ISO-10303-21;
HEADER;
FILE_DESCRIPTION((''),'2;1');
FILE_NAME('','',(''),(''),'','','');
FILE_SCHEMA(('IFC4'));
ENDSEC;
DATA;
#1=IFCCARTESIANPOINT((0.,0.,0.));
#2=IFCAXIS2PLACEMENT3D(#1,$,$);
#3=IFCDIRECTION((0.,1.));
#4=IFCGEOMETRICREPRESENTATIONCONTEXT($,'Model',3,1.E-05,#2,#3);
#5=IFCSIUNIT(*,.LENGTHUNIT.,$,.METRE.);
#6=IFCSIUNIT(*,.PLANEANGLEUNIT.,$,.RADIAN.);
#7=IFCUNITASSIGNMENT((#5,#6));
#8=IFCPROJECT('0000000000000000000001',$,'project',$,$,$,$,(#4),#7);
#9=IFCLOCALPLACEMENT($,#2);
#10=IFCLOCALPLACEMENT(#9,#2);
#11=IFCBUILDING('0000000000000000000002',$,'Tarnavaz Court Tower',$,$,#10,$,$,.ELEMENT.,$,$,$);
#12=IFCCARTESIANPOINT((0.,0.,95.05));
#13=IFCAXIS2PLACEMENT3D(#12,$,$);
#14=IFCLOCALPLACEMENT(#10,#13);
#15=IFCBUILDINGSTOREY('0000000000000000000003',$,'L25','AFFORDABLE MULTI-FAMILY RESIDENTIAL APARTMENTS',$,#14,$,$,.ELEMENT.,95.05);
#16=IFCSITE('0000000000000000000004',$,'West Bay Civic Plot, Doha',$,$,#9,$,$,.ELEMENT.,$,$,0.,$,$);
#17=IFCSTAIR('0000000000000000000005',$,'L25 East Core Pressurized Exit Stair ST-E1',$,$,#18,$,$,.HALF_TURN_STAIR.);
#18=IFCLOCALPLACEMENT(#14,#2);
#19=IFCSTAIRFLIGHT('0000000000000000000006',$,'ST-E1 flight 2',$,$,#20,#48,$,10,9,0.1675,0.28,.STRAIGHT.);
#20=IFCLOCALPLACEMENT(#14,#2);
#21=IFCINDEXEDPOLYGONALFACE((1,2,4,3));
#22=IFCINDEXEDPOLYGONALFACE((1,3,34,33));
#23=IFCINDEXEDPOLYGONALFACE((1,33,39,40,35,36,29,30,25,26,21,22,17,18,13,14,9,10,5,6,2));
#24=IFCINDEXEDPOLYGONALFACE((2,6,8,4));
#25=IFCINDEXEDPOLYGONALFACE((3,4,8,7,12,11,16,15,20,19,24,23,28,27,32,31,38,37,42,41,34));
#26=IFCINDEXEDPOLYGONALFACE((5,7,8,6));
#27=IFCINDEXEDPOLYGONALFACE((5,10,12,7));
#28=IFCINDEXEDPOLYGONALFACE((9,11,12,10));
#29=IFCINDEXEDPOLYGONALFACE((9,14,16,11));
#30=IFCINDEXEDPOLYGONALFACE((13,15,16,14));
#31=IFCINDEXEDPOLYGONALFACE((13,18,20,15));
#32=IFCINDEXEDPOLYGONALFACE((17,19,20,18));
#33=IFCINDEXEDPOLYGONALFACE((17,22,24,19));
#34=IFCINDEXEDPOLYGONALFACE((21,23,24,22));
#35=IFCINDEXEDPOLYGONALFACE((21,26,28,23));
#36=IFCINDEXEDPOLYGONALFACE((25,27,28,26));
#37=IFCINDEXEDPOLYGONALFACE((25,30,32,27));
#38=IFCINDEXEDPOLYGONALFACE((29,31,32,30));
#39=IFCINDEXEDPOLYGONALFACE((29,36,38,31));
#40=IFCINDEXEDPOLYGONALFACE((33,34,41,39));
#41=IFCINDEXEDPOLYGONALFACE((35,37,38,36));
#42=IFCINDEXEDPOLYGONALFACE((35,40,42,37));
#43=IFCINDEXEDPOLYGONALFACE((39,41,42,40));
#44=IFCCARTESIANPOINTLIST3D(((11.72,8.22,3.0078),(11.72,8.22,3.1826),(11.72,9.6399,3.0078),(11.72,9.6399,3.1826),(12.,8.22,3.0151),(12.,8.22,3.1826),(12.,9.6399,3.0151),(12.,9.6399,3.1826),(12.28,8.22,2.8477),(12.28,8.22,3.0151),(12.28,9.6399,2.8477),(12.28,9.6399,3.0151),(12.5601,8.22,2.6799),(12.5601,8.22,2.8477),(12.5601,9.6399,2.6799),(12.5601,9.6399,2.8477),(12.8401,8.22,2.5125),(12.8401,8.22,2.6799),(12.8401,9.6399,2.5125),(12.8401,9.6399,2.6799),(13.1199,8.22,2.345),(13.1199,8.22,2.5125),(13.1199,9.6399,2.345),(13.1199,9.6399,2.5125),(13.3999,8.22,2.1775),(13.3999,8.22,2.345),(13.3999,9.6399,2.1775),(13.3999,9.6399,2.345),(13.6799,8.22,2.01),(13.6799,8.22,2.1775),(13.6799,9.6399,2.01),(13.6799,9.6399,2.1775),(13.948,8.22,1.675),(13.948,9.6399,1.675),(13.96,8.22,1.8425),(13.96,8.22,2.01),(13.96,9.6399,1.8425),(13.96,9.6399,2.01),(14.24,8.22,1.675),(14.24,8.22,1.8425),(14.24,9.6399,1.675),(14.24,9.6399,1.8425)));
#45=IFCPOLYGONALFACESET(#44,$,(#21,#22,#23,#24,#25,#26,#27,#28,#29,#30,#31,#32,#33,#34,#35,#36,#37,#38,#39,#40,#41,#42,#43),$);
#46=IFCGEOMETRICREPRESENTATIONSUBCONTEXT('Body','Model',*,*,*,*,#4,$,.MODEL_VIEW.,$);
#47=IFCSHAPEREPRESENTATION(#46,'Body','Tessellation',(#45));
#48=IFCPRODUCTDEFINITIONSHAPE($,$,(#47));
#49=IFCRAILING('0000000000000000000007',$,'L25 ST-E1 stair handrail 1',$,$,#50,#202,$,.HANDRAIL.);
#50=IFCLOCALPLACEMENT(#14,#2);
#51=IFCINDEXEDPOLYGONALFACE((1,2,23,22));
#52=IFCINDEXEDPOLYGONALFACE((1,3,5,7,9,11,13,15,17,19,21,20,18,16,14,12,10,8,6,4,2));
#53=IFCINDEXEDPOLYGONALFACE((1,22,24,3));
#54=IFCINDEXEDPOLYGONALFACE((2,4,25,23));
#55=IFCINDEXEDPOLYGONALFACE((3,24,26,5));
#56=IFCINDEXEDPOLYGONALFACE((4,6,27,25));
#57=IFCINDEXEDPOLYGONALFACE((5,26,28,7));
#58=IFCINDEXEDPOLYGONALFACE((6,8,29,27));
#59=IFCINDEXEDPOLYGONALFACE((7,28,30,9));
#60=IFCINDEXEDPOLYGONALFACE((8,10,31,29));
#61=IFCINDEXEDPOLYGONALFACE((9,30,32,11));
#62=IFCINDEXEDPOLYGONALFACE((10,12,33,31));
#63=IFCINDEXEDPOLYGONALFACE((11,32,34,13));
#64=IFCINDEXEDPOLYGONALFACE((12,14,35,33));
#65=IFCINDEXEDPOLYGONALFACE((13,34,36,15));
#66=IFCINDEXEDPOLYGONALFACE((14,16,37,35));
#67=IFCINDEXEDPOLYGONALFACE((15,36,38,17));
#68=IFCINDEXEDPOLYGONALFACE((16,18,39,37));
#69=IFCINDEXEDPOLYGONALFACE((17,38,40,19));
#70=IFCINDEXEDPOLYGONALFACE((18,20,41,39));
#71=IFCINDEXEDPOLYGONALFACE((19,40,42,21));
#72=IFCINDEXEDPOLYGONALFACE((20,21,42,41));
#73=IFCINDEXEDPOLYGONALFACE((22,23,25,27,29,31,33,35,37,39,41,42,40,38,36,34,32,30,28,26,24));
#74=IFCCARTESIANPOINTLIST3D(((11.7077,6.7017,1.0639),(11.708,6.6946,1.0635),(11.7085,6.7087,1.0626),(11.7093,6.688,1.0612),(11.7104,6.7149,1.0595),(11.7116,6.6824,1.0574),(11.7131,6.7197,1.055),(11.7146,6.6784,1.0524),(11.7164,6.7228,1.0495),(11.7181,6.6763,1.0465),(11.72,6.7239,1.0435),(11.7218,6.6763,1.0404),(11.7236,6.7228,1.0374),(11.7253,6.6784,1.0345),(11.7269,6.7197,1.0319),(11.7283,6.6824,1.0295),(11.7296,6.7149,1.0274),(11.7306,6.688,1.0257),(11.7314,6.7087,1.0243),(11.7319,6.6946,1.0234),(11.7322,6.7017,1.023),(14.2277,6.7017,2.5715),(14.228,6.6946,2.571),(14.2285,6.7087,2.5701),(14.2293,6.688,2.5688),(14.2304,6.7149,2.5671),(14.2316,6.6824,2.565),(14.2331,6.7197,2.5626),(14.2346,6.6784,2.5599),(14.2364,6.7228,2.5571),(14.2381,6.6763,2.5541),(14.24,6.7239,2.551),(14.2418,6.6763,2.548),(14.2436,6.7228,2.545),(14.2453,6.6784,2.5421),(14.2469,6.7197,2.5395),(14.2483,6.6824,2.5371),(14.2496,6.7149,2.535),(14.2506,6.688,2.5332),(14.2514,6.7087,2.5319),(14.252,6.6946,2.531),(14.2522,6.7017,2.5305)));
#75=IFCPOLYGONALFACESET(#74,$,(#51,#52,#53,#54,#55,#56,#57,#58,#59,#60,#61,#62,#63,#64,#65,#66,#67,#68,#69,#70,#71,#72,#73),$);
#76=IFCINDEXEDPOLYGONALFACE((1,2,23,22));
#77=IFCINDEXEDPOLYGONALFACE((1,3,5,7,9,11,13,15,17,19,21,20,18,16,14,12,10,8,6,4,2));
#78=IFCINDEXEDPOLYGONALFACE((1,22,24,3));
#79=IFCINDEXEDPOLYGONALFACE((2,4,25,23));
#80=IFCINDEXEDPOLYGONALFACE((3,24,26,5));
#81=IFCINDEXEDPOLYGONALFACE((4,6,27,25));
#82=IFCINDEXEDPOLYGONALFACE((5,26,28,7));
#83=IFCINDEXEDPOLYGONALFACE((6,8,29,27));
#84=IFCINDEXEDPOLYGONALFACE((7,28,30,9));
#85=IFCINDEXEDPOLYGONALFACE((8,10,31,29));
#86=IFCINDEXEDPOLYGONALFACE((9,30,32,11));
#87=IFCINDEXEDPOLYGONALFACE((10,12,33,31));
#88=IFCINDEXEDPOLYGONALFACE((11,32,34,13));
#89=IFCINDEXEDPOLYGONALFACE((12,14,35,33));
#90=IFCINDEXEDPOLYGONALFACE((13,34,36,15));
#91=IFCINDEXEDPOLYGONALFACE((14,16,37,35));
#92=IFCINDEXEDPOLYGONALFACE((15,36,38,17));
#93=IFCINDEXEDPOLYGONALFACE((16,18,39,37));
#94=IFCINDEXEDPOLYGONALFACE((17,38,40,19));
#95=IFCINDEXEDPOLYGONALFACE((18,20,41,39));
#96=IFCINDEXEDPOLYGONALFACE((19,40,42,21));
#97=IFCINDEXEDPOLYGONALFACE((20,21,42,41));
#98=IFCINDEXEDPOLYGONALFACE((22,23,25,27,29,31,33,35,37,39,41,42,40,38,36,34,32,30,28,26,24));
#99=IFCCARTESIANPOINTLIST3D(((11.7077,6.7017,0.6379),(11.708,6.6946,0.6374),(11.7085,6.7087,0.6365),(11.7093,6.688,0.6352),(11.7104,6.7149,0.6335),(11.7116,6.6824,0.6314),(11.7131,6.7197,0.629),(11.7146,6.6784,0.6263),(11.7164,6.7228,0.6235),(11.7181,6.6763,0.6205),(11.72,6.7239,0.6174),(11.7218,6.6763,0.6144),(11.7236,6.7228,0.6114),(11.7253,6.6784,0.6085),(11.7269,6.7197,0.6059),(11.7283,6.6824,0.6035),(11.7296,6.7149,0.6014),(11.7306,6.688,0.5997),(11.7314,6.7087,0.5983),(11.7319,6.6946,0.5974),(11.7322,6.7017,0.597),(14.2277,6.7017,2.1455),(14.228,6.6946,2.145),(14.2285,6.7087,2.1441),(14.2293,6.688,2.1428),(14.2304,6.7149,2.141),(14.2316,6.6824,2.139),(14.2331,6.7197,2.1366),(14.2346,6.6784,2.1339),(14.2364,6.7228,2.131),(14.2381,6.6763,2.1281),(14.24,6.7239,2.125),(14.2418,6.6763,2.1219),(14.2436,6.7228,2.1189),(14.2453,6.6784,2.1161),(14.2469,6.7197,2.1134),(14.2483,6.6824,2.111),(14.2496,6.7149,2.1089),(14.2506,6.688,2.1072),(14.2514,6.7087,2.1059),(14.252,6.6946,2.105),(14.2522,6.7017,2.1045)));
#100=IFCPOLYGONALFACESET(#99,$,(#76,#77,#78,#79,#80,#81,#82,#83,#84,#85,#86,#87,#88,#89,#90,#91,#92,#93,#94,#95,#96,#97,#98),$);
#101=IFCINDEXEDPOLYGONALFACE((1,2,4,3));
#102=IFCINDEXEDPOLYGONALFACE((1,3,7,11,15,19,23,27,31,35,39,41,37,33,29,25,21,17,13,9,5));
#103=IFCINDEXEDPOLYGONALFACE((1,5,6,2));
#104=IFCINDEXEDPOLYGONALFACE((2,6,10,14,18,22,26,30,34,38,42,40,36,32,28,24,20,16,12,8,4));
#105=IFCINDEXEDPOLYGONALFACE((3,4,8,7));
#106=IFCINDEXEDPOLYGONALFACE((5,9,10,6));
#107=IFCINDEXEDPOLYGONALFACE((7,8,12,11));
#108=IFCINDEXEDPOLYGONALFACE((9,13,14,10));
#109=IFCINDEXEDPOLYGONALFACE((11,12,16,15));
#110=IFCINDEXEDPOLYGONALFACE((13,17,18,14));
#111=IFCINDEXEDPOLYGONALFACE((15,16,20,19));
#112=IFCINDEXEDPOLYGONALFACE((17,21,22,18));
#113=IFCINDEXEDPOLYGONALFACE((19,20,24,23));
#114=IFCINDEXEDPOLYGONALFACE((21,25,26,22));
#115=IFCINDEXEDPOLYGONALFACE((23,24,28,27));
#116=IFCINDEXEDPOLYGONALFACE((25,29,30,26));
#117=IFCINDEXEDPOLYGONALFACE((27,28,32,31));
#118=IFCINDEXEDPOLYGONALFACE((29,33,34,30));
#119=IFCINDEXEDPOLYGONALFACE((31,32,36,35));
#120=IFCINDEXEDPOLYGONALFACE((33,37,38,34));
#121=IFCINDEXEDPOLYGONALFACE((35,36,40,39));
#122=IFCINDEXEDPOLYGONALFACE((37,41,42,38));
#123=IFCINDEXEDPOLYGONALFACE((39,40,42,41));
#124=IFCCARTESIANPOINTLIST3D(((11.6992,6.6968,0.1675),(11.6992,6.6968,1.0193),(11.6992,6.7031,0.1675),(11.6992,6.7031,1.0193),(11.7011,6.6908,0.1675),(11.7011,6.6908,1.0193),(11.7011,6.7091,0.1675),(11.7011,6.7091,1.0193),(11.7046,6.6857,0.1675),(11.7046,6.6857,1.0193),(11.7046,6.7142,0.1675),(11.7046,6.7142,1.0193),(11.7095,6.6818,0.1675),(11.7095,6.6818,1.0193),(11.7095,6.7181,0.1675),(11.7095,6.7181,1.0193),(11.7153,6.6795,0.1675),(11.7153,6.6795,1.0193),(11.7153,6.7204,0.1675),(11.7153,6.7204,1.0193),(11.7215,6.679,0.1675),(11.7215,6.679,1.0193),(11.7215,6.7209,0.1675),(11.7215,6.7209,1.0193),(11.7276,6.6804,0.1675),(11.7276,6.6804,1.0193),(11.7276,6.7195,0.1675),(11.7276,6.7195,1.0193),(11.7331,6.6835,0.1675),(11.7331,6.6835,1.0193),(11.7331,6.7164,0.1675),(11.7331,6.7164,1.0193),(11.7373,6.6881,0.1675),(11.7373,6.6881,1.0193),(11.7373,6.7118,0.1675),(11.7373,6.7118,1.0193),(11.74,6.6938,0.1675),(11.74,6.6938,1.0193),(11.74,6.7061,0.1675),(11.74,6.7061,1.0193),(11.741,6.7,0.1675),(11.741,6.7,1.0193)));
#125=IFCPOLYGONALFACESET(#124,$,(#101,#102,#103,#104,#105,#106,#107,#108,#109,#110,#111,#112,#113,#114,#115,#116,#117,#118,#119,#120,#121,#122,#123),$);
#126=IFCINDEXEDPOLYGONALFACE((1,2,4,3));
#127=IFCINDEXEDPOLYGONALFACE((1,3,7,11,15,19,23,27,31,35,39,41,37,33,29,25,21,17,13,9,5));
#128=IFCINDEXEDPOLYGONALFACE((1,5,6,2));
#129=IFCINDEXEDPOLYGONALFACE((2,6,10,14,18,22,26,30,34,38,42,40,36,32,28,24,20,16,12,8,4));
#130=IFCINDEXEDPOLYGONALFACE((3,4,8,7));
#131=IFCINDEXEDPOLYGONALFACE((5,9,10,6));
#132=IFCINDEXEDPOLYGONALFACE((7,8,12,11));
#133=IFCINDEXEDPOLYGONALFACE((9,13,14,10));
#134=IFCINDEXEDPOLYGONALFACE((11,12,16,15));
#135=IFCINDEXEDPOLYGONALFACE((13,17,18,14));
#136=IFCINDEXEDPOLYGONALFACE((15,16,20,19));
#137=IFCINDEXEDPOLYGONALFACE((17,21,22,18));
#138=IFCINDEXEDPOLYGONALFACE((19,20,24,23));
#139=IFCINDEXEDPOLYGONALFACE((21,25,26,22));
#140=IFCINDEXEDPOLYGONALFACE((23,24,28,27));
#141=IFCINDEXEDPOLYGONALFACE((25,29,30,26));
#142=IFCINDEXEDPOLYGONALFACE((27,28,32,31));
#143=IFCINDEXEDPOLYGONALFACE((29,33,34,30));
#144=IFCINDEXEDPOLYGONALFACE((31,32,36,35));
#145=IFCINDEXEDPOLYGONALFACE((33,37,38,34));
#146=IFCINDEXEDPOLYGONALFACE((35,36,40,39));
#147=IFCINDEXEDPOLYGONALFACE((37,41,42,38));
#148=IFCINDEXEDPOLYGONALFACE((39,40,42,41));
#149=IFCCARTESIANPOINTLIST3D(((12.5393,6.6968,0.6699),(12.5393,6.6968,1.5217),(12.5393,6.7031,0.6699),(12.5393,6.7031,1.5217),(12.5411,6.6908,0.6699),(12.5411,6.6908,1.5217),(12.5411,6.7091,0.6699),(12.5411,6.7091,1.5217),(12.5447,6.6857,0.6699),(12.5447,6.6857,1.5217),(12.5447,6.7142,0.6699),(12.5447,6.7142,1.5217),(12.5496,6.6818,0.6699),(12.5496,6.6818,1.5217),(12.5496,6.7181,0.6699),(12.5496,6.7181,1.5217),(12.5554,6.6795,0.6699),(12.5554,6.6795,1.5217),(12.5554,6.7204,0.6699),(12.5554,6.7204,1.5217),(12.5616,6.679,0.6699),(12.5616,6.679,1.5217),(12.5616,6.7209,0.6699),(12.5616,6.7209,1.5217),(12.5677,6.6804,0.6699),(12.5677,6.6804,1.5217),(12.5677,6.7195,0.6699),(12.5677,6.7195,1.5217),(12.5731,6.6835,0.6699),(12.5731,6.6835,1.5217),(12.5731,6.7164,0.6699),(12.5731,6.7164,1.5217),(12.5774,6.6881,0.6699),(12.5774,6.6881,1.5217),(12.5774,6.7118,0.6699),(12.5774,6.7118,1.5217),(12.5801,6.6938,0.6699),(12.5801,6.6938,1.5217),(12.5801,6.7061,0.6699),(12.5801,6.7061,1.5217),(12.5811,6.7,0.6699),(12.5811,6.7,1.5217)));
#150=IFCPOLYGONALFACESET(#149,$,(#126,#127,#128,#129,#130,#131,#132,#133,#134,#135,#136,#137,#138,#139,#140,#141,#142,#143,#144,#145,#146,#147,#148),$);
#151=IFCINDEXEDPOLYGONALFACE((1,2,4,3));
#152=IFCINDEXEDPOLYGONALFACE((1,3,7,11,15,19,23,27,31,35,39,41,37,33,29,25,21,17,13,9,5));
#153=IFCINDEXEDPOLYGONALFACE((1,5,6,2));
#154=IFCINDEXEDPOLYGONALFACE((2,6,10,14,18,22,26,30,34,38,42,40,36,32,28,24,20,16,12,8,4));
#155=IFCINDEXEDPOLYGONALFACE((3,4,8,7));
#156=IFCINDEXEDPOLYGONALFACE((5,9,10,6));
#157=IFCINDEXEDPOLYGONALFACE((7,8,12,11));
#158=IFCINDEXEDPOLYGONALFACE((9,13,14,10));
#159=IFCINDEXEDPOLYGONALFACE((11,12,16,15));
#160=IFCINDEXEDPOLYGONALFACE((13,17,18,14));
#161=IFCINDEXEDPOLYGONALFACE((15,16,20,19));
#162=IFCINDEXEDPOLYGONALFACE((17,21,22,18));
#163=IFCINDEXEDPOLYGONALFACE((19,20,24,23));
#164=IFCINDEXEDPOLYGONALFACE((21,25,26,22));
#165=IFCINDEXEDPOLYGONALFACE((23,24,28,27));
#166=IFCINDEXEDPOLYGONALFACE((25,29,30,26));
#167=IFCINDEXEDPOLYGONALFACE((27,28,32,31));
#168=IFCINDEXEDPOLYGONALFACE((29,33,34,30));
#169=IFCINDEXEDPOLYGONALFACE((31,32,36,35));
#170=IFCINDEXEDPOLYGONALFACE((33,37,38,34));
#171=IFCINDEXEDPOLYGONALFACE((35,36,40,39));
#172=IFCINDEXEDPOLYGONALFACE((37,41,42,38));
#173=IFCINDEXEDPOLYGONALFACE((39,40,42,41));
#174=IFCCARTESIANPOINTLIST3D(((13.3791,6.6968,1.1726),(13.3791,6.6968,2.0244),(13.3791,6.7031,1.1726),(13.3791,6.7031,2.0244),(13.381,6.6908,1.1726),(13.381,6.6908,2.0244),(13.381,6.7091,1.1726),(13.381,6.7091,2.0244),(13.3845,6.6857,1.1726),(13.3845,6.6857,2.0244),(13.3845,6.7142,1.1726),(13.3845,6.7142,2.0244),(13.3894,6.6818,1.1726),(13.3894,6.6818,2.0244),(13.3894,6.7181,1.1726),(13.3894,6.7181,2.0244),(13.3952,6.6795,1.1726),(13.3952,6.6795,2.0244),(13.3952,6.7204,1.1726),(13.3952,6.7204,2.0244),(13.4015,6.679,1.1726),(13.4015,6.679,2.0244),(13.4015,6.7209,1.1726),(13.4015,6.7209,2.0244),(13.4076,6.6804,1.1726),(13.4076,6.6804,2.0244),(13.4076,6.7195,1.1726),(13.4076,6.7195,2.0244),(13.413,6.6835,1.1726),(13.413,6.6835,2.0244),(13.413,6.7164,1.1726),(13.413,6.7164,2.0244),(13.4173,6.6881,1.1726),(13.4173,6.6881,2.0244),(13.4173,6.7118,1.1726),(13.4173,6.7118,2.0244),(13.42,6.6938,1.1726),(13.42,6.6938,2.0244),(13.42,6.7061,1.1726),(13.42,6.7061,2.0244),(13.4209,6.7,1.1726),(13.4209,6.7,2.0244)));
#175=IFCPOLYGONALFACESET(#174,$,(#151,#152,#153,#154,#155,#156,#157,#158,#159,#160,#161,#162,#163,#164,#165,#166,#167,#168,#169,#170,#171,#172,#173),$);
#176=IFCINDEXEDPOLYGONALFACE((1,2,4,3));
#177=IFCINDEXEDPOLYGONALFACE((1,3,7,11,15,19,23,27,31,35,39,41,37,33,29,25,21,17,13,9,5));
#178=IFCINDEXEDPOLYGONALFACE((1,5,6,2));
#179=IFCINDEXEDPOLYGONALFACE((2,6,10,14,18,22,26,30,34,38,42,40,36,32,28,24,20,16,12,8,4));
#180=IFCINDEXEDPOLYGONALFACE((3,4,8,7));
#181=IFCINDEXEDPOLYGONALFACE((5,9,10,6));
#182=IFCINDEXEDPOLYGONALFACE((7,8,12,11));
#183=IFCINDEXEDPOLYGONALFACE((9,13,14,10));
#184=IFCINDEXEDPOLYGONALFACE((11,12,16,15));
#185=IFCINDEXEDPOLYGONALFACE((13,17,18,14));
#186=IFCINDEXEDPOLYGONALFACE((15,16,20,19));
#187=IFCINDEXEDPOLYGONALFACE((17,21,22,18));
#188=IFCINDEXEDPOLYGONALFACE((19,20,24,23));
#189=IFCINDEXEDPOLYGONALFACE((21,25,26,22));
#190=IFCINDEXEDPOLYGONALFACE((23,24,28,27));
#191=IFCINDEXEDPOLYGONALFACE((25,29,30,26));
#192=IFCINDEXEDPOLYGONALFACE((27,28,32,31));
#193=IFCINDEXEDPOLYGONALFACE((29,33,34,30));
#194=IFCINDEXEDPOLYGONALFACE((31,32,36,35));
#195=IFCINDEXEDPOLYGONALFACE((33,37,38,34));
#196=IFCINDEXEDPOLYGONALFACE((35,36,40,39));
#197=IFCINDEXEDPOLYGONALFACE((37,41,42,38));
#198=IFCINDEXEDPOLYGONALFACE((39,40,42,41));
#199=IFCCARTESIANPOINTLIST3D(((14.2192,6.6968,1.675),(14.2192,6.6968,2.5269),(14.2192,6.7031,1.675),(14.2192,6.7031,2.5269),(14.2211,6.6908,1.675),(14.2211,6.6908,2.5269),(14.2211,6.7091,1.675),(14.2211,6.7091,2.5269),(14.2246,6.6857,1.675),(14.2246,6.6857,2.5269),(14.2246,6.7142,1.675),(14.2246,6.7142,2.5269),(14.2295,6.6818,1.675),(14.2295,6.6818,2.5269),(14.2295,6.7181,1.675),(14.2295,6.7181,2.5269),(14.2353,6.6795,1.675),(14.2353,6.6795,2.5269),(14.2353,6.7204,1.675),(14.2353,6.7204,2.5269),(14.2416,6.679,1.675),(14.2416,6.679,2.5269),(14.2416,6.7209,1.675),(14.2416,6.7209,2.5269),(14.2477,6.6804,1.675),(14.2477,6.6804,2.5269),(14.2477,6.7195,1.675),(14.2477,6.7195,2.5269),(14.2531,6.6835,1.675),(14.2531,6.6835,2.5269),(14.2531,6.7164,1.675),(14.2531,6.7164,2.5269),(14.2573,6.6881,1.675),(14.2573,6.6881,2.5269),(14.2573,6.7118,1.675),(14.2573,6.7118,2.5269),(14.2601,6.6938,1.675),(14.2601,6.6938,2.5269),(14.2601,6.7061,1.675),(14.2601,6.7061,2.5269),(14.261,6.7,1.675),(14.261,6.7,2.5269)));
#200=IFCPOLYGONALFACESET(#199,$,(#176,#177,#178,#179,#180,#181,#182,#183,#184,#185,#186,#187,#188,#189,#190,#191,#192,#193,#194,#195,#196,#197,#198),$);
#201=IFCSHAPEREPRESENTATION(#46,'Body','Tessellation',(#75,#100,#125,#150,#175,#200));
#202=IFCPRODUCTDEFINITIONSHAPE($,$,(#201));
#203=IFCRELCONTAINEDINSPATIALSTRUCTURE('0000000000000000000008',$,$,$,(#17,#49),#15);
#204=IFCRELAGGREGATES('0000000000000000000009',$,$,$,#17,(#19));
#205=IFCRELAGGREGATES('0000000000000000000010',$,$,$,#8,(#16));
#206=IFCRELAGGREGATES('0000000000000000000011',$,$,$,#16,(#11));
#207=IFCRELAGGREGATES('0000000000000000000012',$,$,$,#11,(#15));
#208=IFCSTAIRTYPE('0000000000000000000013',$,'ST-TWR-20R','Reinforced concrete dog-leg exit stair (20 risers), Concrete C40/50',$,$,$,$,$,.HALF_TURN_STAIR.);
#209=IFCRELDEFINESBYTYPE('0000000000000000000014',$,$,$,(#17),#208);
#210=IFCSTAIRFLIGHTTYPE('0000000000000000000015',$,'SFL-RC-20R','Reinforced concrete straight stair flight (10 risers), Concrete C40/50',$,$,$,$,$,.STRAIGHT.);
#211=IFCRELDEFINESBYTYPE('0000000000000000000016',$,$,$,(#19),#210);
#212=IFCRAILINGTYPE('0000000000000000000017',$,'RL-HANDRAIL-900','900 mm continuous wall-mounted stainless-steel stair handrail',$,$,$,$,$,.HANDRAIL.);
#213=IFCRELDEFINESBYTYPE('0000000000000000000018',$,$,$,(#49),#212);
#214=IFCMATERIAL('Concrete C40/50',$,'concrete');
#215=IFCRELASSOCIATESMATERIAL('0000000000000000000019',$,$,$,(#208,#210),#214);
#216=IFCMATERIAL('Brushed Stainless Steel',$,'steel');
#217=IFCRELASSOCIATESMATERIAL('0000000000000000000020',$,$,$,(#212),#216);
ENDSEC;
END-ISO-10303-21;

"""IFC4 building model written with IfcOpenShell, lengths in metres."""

from ifc_helpers import new_model, si_unit, direction, frame, origin, origin_2d, place, context, subcontext, project, spatial, polyline, circle, outline, extrude, material, type_object, element, aggregate, save


model = new_model("IFC4")

# Units and contexts
model_context = context("Model", 3, precision=1e-05, world=origin(), true_north=direction((0.0, 1.0)))
body_context = subcontext(model_context, "Body", "Model", "MODEL_VIEW")
ifc_project = project(units=[si_unit("LENGTHUNIT", "METRE"), si_unit("PLANEANGLEUNIT", "RADIAN")], contexts=[model_context])

# Site, building, storey
site_placement = place(None, origin())
site = spatial("IfcSite", under=ifc_project, at=site_placement, Name="West Bay Civic Plot, Doha", CompositionType="ELEMENT", RefElevation=0.0)
building_placement = place(site_placement, origin())
building = spatial("IfcBuilding", under=site, at=building_placement, Name="Tarnavaz Court Tower", CompositionType="ELEMENT")
storey_placement = place(building_placement, frame((0.0, 0.0, 95.05)))
storey = spatial("IfcBuildingStorey", under=building, at=storey_placement, Name="L25", Description="AFFORDABLE MULTI-FAMILY RESIDENTIAL APARTMENTS", CompositionType="ELEMENT", Elevation=95.05)

# Stair, stair flight
ifc_material_1 = material(Name="Concrete C40/50", Category="concrete")
stair_type = type_object("IfcStairType", Name="ST-TWR-20R", Description="Reinforced concrete dog-leg exit stair (20 risers), Concrete C40/50", PredefinedType="HALF_TURN_STAIR", material=ifc_material_1)
stair_placement = place(storey_placement, origin())
stair = element("IfcStair", 1, at=stair_placement, inside=storey, type_object=stair_type, Name="L25 East Core Pressurized Exit Stair ST-E1", PredefinedType="HALF_TURN_STAIR")
stair_flight_type = type_object("IfcStairFlightType", Name="SFL-RC-20R", Description="Reinforced concrete straight stair flight (10 risers), Concrete C40/50", PredefinedType="STRAIGHT", material=ifc_material_1)
stair_flight_1_placement = place(storey_placement, frame((14.24, 8.9299, 1.675), z_axis=(0.0, 0.0, 1.0), x_axis=(-1.0, 0.0, 0.0)))
stair_flight_1 = element("IfcStairFlight", 2, at=stair_flight_1_placement, type_object=stair_flight_type, Name="ST-E1 flight 2", NumberOfRisers=10, NumberOfTreads=9, PredefinedType="STRAIGHT", RiserHeight=0.1675, TreadLength=0.28, context=body_context, shape_type="SweptSolid", body=[
    extrude(outline(polyline([(0.0, 0.0), (0.0, 0.1675), (0.28, 0.1675), (0.28, 0.335), (0.5601, 0.335), (0.5601, 0.5024), (0.8401, 0.5024), (0.8401, 0.6699), (1.1201, 0.6699), (1.1201, 0.8374), (1.3999, 0.8374), (1.3999, 1.0049), (1.6799, 1.0049), (1.6799, 1.1726), (1.96, 1.1726), (1.96, 1.3401), (2.24, 1.3401), (2.24, 1.5076), (2.52, 1.5076), (2.52, 1.675), (2.52, 1.3328), (0.292, 0.0), (0.0, 0.0)])), frame((0.0, 0.71, 0.0), z_axis=(0.0, -1.0, 0.0), x_axis=(1.0, 0.0, 0.0)), (0.0, 0.0, 1.0), 1.4199),
])
aggregate(stair, [stair_flight_1])

# Railing
ifc_material_2 = material(Name="Brushed Stainless Steel", Category="steel")
railing_type_1 = type_object("IfcRailingType", Name="RL-HANDRAIL-900", Description="900 mm continuous wall-mounted stainless-steel stair handrail", PredefinedType="HANDRAIL", material=ifc_material_2)
railing_1_placement = place(storey_placement, frame((11.72, 6.7, 0.1675)))
element("IfcRailing", 3, at=railing_1_placement, inside=storey, type_object=railing_type_1, Name="L25 ST-E1 stair handrail 1", PredefinedType="HANDRAIL", context=body_context, shape_type="SweptSolid", body=[
    extrude(circle(Radius=0.0239, at=origin_2d()), frame((0.0, 0.0, 0.876), z_axis=(0.85816, 0.0, 0.513383), x_axis=(0.0, 1.0, 0.0)), (0.0, 0.0, 1.0), 2.9365),
    extrude(circle(Radius=0.0239, at=origin_2d()), frame((0.0, 0.0, 0.45), z_axis=(0.85816, 0.0, 0.513383), x_axis=(0.0, 1.0, 0.0)), (0.0, 0.0, 1.0), 2.9365),
    extrude(circle(Radius=0.021, at=origin_2d()), origin(), (0.0, 0.0, 1.0), 0.8518),
    extrude(circle(Radius=0.021, at=origin_2d()), frame((0.8401, 0.0, 0.5024)), (0.0, 0.0, 1.0), 0.8518),
    extrude(circle(Radius=0.021, at=origin_2d()), frame((1.6799, 0.0, 1.0051)), (0.0, 0.0, 1.0), 0.8518),
    extrude(circle(Radius=0.021, at=origin_2d()), frame((2.52, 0.0, 1.5076)), (0.0, 0.0, 1.0), 0.8518),
])

save(model, "model.ifc")
